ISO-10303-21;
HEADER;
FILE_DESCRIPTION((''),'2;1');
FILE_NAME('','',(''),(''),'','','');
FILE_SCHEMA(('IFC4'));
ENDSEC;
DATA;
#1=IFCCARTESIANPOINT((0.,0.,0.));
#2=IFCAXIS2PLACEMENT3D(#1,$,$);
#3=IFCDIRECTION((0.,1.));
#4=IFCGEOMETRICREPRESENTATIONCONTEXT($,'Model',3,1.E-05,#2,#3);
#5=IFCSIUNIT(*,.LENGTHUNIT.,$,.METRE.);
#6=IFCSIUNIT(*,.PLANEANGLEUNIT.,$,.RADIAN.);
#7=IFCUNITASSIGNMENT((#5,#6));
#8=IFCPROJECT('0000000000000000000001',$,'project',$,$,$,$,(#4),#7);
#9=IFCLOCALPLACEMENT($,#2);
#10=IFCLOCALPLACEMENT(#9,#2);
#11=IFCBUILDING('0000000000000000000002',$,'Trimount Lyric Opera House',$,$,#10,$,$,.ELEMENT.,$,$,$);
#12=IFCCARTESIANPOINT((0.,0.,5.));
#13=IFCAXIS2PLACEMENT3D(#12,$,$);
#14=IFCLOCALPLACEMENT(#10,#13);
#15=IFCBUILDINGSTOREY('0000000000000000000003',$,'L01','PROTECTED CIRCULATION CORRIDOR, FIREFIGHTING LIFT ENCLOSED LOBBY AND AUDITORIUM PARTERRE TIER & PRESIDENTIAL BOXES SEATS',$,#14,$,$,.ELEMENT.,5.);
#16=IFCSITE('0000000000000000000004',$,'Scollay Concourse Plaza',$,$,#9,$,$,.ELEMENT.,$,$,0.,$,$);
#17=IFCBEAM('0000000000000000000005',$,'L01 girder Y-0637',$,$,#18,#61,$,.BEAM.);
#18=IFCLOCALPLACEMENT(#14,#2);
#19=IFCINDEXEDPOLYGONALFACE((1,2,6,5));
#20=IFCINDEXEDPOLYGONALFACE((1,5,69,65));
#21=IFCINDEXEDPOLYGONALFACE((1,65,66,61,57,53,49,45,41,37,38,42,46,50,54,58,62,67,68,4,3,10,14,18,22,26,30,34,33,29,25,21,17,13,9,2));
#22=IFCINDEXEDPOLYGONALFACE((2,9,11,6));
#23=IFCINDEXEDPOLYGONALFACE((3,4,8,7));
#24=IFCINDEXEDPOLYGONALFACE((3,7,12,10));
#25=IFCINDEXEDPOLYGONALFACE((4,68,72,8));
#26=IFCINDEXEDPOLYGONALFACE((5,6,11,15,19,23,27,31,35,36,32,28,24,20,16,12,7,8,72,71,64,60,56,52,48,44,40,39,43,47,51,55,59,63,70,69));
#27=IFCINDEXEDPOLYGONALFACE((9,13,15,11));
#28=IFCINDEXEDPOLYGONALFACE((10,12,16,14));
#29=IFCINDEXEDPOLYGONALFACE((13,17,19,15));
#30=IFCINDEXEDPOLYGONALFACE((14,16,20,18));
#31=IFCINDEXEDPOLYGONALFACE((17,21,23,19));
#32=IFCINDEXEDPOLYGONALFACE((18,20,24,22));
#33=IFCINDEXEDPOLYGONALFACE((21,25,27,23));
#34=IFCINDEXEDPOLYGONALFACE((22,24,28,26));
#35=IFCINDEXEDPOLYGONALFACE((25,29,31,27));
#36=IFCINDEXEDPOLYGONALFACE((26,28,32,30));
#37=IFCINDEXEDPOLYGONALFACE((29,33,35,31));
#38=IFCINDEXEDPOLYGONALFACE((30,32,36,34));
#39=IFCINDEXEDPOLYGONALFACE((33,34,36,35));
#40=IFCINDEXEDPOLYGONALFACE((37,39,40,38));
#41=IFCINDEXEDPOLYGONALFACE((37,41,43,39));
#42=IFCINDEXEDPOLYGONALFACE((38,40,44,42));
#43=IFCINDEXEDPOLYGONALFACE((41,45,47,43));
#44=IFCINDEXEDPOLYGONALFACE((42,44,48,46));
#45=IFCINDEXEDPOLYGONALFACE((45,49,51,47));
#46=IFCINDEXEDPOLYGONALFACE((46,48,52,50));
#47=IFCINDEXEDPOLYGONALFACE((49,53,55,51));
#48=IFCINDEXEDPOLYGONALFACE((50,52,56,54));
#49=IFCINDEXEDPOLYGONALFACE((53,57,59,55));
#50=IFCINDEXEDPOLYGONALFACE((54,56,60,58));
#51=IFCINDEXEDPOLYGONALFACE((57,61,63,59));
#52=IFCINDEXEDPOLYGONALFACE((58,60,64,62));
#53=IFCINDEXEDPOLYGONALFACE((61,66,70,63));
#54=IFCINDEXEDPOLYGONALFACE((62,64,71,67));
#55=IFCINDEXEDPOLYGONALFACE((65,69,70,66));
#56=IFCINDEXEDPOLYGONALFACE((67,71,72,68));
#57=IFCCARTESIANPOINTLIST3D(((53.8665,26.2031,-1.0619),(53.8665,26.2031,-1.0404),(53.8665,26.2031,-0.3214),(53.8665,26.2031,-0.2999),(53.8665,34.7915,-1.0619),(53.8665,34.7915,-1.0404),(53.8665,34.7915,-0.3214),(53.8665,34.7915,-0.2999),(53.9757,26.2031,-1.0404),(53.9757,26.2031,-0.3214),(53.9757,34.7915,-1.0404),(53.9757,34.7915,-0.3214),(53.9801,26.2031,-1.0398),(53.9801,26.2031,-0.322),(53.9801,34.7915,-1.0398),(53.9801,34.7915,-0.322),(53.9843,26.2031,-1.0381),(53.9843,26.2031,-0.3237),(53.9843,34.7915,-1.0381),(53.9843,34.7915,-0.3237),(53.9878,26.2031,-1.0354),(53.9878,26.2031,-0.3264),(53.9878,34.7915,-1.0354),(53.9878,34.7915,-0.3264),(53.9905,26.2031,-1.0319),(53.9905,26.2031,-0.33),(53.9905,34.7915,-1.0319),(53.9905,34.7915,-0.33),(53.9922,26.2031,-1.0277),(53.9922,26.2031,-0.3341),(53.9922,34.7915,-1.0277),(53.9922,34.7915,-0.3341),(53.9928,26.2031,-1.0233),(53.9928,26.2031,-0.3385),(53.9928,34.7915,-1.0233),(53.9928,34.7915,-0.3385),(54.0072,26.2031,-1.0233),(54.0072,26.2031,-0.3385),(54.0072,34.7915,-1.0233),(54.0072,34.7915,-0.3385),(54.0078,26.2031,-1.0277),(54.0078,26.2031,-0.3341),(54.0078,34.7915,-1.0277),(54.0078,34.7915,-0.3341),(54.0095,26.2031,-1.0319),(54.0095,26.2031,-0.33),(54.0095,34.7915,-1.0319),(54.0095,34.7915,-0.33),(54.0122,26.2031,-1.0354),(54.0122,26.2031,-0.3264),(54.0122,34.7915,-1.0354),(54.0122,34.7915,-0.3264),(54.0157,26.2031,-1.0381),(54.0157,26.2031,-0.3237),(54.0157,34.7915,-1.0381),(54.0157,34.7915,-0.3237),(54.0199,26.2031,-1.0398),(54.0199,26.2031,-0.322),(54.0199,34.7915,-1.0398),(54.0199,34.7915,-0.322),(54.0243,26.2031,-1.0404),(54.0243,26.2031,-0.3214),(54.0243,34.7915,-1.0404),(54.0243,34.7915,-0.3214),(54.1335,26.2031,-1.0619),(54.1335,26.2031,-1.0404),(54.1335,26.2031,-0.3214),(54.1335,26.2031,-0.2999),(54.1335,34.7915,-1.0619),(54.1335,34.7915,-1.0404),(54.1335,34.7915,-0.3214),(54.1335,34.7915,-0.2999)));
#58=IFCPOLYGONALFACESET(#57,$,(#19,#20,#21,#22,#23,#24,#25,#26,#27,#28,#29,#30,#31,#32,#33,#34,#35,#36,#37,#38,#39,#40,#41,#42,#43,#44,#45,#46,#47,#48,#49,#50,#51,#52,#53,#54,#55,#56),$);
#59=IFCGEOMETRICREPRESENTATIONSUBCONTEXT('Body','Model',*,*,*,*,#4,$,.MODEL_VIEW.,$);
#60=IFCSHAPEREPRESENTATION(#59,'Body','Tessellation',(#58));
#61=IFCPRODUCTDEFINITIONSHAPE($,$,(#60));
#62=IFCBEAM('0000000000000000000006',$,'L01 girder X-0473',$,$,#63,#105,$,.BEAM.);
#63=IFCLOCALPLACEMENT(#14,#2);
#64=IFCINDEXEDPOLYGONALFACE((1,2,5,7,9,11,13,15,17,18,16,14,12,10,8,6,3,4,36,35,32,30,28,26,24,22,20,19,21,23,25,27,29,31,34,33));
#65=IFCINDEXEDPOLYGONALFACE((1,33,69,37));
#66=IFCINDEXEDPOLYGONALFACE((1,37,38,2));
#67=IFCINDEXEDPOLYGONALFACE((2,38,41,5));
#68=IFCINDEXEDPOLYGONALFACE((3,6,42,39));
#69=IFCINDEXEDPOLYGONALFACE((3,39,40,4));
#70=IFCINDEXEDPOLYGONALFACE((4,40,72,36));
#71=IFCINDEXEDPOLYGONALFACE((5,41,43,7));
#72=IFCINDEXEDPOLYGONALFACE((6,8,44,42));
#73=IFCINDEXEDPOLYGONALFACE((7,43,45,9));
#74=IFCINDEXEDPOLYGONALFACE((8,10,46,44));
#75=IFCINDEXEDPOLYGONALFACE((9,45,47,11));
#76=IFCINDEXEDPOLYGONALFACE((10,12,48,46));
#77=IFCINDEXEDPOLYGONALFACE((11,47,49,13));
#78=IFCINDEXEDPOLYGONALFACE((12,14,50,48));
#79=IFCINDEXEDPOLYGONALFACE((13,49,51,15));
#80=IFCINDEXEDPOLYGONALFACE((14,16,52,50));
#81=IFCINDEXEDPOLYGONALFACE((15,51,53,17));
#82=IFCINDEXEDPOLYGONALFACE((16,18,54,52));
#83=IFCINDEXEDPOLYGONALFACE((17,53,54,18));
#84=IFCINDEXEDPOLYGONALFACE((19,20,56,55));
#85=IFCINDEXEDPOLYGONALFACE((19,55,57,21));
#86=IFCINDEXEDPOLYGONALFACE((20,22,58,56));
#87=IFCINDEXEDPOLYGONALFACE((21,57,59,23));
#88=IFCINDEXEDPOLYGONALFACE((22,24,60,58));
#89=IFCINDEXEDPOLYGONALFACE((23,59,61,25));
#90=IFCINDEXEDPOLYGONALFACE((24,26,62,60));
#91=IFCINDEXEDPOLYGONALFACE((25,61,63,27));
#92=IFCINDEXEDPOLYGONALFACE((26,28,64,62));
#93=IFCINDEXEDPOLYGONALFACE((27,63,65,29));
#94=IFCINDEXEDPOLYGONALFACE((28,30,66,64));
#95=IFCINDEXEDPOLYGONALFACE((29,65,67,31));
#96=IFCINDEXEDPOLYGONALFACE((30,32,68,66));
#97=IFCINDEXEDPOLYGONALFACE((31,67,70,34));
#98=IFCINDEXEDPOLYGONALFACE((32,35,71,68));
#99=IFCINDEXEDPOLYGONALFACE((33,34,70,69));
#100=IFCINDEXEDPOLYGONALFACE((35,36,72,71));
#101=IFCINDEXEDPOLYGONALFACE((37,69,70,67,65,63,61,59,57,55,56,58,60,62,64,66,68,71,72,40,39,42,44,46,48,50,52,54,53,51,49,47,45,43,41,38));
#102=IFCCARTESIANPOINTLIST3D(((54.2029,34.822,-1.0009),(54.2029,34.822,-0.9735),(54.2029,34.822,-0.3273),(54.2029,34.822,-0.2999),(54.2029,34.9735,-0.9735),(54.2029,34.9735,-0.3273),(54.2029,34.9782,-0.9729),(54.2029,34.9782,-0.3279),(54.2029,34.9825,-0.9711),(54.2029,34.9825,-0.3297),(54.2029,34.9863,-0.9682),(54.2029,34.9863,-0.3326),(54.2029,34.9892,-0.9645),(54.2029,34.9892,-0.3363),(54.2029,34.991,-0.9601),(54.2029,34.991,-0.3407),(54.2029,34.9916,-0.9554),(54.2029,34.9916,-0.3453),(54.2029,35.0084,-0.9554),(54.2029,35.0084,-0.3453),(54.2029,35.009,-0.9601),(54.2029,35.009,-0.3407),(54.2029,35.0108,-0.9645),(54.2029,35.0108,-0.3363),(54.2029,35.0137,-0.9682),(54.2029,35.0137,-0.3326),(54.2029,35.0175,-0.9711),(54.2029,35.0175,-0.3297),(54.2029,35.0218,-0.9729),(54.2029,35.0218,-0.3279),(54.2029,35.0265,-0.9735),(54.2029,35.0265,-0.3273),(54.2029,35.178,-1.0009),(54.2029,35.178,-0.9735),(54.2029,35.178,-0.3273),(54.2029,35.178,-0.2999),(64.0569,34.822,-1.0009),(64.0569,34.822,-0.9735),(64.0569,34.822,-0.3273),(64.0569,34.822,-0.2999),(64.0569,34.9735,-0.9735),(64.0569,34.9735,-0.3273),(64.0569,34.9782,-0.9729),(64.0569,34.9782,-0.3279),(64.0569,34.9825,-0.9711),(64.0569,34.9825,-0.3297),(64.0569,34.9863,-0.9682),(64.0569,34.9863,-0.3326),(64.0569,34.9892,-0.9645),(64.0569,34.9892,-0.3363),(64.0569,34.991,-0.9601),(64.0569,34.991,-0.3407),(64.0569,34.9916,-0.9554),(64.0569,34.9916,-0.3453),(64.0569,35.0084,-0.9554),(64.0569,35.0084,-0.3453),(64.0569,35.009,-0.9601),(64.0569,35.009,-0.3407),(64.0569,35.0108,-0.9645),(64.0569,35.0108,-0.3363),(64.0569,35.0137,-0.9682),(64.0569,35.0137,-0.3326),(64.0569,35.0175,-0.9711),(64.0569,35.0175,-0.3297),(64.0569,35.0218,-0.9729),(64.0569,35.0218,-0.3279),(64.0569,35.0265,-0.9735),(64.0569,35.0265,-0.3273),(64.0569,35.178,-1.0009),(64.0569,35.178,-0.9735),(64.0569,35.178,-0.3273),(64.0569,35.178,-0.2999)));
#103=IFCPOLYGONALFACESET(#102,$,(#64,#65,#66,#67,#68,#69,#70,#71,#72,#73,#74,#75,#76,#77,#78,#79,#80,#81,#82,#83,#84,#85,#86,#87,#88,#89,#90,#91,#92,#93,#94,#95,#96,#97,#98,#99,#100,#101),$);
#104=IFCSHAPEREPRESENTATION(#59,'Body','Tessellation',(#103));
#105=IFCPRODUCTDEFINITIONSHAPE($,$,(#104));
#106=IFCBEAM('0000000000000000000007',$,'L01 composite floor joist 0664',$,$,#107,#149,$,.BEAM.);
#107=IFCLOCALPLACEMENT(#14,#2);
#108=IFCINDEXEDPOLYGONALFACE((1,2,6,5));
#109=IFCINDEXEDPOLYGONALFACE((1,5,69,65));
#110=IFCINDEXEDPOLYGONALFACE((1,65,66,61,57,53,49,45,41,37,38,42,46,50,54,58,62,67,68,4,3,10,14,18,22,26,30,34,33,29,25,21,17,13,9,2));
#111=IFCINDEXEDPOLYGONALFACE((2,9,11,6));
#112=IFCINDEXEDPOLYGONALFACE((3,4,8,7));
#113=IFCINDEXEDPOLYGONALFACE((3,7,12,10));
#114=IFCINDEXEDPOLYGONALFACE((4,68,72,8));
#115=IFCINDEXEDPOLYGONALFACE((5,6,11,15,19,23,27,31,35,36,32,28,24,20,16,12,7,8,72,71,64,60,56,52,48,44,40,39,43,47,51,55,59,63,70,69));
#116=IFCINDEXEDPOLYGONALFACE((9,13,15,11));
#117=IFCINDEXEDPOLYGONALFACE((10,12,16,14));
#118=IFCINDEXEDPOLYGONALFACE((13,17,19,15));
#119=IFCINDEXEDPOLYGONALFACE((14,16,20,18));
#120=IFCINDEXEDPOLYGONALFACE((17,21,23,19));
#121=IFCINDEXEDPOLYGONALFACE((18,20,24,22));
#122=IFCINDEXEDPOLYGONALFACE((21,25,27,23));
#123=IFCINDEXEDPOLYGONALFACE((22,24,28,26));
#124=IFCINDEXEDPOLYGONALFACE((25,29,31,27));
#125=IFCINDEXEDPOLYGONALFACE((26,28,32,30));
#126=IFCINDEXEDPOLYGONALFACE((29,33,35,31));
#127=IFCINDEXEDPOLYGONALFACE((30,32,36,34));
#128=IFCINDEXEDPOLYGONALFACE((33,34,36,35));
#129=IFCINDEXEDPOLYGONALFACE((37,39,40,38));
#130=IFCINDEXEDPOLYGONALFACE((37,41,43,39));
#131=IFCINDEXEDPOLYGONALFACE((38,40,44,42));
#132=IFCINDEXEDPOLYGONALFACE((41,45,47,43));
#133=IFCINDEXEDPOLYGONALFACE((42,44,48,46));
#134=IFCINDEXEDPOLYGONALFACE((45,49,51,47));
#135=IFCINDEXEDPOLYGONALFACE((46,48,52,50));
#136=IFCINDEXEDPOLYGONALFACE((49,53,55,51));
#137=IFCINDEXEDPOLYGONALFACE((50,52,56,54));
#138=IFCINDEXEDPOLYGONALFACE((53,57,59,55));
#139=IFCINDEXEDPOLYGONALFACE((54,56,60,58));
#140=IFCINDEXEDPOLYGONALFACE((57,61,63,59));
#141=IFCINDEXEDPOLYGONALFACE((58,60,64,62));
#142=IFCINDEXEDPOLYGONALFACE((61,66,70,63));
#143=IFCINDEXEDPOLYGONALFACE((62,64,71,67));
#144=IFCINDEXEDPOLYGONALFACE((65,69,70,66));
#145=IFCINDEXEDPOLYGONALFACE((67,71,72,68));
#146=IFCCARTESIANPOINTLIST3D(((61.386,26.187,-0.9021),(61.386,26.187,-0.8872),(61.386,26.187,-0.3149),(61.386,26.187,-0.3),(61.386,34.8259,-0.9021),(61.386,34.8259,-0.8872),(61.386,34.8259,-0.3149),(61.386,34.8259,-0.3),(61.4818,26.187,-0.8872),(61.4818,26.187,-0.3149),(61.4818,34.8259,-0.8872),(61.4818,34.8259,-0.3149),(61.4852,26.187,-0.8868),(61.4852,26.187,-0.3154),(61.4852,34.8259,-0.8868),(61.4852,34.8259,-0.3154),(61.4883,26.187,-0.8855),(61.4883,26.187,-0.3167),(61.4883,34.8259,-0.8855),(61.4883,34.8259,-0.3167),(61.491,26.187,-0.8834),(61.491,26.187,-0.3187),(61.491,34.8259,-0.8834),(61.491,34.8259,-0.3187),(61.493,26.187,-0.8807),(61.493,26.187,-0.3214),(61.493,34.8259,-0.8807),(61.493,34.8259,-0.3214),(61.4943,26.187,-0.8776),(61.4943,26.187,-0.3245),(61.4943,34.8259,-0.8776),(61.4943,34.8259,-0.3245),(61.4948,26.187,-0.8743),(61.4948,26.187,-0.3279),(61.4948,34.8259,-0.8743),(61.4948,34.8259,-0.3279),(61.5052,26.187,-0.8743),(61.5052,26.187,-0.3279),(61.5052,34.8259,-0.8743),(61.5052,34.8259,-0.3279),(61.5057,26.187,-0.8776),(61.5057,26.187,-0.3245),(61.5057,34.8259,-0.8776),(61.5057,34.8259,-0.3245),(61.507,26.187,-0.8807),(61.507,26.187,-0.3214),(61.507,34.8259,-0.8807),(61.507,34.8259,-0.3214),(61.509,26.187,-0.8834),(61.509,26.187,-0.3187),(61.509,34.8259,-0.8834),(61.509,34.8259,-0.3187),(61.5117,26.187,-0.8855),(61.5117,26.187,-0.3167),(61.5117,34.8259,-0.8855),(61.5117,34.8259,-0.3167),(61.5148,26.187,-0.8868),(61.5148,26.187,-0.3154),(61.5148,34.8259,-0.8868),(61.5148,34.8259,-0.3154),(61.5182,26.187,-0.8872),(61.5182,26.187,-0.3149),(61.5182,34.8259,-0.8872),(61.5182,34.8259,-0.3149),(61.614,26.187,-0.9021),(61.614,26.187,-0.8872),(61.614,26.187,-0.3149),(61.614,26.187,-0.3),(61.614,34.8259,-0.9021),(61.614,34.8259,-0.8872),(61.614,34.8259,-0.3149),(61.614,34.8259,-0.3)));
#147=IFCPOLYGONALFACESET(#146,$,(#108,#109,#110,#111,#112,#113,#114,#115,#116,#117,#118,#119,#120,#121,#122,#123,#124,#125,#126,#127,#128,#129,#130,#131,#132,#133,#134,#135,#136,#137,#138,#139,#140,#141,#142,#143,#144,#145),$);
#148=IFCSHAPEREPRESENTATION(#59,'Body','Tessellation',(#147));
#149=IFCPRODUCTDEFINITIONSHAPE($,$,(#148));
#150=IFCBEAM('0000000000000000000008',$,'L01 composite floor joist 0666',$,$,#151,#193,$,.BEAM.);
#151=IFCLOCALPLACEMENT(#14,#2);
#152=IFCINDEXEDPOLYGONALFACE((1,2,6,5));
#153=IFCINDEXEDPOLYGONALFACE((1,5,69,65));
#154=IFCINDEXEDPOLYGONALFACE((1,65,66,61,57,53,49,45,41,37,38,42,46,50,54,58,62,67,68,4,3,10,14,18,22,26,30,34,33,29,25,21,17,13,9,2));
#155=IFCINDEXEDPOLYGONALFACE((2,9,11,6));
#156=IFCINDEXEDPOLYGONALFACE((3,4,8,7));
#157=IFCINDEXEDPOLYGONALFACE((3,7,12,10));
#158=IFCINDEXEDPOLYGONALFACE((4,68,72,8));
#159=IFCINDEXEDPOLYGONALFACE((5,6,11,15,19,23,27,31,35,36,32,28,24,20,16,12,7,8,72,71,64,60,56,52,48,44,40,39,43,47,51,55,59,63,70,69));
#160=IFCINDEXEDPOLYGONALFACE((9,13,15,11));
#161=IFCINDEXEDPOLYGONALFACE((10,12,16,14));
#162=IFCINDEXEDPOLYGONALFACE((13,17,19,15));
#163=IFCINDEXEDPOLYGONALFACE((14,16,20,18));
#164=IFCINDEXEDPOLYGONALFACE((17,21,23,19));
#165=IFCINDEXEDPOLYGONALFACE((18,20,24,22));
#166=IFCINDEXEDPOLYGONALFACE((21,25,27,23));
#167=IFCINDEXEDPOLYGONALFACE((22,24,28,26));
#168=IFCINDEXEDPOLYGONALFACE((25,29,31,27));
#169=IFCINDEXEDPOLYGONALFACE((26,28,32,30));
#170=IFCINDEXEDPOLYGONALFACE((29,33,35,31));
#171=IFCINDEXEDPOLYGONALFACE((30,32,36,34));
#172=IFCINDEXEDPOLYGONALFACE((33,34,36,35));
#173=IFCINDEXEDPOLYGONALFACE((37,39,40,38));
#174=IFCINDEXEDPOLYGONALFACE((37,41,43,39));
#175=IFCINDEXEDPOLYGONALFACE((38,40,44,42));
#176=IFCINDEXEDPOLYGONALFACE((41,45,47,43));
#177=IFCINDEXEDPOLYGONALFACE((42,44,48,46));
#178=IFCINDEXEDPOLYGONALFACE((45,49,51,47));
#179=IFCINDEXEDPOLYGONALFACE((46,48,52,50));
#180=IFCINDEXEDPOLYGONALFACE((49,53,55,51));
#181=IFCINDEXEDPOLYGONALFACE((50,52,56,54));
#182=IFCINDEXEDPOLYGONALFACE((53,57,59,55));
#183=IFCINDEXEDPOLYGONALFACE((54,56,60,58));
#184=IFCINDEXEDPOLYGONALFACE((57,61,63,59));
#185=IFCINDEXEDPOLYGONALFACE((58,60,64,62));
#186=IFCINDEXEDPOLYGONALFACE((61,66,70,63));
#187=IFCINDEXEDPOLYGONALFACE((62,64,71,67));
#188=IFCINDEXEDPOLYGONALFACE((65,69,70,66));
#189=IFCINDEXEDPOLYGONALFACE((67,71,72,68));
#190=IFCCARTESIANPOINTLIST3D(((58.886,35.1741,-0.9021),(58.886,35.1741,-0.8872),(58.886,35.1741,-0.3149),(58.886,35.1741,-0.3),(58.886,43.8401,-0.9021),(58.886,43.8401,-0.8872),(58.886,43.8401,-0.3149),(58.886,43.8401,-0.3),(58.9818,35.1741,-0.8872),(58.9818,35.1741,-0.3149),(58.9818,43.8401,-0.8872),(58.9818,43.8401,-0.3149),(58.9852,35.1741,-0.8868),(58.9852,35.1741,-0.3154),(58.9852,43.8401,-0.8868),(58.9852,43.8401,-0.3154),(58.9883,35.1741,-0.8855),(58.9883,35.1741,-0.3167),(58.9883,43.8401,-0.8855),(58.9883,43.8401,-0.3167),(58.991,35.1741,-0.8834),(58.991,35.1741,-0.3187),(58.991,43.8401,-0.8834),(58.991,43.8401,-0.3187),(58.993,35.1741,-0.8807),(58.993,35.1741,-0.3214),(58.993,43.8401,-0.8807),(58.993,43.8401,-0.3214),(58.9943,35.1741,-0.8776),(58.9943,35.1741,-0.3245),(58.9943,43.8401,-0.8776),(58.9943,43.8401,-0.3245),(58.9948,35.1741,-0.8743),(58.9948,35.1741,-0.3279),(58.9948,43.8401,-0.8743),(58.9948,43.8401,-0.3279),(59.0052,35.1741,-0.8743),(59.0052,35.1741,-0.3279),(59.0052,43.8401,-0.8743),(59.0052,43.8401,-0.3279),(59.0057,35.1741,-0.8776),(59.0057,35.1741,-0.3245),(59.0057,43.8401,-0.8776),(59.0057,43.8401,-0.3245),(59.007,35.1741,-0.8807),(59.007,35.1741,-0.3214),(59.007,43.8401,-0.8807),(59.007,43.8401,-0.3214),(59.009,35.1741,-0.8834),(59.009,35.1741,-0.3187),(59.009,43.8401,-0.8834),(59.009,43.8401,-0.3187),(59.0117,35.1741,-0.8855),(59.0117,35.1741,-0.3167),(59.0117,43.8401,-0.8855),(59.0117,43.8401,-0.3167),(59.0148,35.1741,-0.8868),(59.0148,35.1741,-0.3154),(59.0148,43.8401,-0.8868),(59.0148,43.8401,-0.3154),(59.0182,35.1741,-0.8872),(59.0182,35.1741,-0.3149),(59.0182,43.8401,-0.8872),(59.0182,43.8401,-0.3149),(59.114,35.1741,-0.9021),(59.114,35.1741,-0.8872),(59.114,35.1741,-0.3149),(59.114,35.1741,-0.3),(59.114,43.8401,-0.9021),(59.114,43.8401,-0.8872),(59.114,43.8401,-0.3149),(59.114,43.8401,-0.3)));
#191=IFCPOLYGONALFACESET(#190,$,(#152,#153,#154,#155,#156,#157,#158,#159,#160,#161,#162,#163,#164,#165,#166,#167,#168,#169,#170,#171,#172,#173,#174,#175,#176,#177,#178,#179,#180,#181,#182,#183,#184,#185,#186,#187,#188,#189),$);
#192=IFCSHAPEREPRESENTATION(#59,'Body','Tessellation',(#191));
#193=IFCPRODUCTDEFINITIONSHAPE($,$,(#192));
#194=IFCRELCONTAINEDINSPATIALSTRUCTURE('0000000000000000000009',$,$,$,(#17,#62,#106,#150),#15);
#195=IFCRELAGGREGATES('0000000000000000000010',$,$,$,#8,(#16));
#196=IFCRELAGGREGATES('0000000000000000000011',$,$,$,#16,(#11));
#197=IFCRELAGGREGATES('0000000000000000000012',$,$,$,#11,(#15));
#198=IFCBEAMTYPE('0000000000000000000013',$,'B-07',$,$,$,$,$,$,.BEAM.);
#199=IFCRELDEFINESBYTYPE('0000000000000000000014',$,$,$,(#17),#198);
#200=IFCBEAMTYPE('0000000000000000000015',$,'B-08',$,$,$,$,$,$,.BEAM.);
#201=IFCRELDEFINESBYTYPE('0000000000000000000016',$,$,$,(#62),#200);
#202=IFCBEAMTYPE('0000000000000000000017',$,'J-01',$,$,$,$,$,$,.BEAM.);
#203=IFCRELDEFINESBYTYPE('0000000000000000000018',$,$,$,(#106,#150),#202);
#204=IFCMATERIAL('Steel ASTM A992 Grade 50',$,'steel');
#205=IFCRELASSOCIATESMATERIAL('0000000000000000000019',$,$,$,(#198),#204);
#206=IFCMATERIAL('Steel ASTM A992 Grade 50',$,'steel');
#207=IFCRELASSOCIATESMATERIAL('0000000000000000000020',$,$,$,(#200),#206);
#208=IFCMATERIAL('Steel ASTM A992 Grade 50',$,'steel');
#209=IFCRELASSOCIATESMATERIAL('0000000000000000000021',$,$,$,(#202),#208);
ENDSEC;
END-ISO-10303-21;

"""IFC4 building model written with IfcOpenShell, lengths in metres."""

from ifc_helpers import new_model, si_unit, direction, frame, origin, origin_2d, place, context, subcontext, project, spatial, i_section, extrude, material, material_profile, profile_set, type_object, element, save


model = new_model("IFC4")

# Units and contexts
model_context = context("Model", 3, precision=1e-05, world=origin(), true_north=direction((0.0, 1.0)))
body_context = subcontext(model_context, "Body", "Model", "MODEL_VIEW")
ifc_project = project(units=[si_unit("LENGTHUNIT", "METRE"), si_unit("PLANEANGLEUNIT", "RADIAN")], contexts=[model_context])

# Site, building, storey
site_placement = place(None, origin())
site = spatial("IfcSite", under=ifc_project, at=site_placement, Name="Scollay Concourse Plaza", CompositionType="ELEMENT", RefElevation=0.0)
building_placement = place(site_placement, origin())
building = spatial("IfcBuilding", under=site, at=building_placement, Name="Trimount Lyric Opera House", CompositionType="ELEMENT")
storey_placement = place(building_placement, frame((0.0, 0.0, 5.0)))
storey = spatial("IfcBuildingStorey", under=building, at=storey_placement, Name="L01", Description="PROTECTED CIRCULATION CORRIDOR, FIREFIGHTING LIFT ENCLOSED LOBBY AND AUDITORIUM PARTERRE TIER & PRESIDENTIAL BOXES SEATS", CompositionType="ELEMENT", Elevation=5.0)

# Beams
ifc_material_1 = material(Name="Steel ASTM A992 Grade 50", Category="steel")
ifc_material_profile_1 = material_profile(ifc_material_1, i_section(OverallWidth=0.2671, OverallDepth=0.762, WebThickness=0.0144, FlangeThickness=0.0215, FilletRadius=0.0171, at=origin_2d()), Name="W30X116")
ifc_profile_set_1 = profile_set([ifc_material_profile_1], Name="Steel ASTM A992 Grade 50")
beam_type_1 = type_object("IfcBeamType", Name="B-07", PredefinedType="BEAM", material=ifc_profile_set_1)
beam_1_placement = place(storey_placement, frame((54.0, 26.2031, -0.6809), z_axis=(0.0, 1.0, 0.0), x_axis=(-1.0, 0.0, 0.0)))
element("IfcBeam", 1, at=beam_1_placement, inside=storey, type_object=beam_type_1, Name="L01 girder Y-0637", PredefinedType="BEAM", context=body_context, shape_type="SweptSolid", body=[
    extrude(i_section(OverallWidth=0.2671, OverallDepth=0.762, WebThickness=0.0144, FlangeThickness=0.0215, FilletRadius=0.0171, at=origin_2d()), origin(), (0.0, 0.0, 1.0), 8.5884),
])
ifc_material_2 = material(Name="Steel ASTM A992 Grade 50", Category="steel")
ifc_material_profile_2 = material_profile(ifc_material_2, i_section(OverallWidth=0.356, OverallDepth=0.7009, WebThickness=0.0168, FlangeThickness=0.0273, FilletRadius=0.0181, at=origin_2d()), Name="W27X161")
ifc_profile_set_2 = profile_set([ifc_material_profile_2], Name="Steel ASTM A992 Grade 50")
beam_type_2 = type_object("IfcBeamType", Name="B-08", PredefinedType="BEAM", material=ifc_profile_set_2)
beam_2_placement = place(storey_placement, frame((54.2029, 35.0, -0.6504), z_axis=(1.0, 0.0, 0.0), x_axis=(0.0, 1.0, 0.0)))
element("IfcBeam", 2, at=beam_2_placement, inside=storey, type_object=beam_type_2, Name="L01 girder X-0473", PredefinedType="BEAM", context=body_context, shape_type="SweptSolid", body=[
    extrude(i_section(OverallWidth=0.356, OverallDepth=0.7009, WebThickness=0.0168, FlangeThickness=0.0273, FilletRadius=0.0181, at=origin_2d()), origin(), (0.0, 0.0, 1.0), 9.854),
])
ifc_material_3 = material(Name="Steel ASTM A992 Grade 50", Category="steel")
ifc_material_profile_3 = material_profile(ifc_material_3, i_section(OverallWidth=0.228, OverallDepth=0.6021, WebThickness=0.0105, FlangeThickness=0.0149, FilletRadius=0.0129, at=origin_2d()), Name="W24X68")
ifc_profile_set_3 = profile_set([ifc_material_profile_3], Name="Steel ASTM A992 Grade 50")
beam_type_3 = type_object("IfcBeamType", Name="J-01", PredefinedType="BEAM", material=ifc_profile_set_3)
beam_3_placement = place(storey_placement, frame((61.5, 26.187, -0.6011), z_axis=(0.0, 1.0, 0.0), x_axis=(-1.0, 0.0, 0.0)))
element("IfcBeam", 3, at=beam_3_placement, inside=storey, type_object=beam_type_3, Name="L01 composite floor joist 0664", PredefinedType="BEAM", context=body_context, shape_type="SweptSolid", body=[
    extrude(i_section(OverallWidth=0.228, OverallDepth=0.6021, WebThickness=0.0105, FlangeThickness=0.0149, FilletRadius=0.0129, at=origin_2d()), origin(), (0.0, 0.0, 1.0), 8.6389),
])
beam_4_placement = place(storey_placement, frame((59.0, 35.1741, -0.6011), z_axis=(0.0, 1.0, 0.0), x_axis=(-1.0, 0.0, 0.0)))
element("IfcBeam", 4, at=beam_4_placement, inside=storey, type_object=beam_type_3, Name="L01 composite floor joist 0666", PredefinedType="BEAM", context=body_context, shape_type="SweptSolid", body=[
    extrude(i_section(OverallWidth=0.228, OverallDepth=0.6021, WebThickness=0.0105, FlangeThickness=0.0149, FilletRadius=0.0129, at=origin_2d()), origin(), (0.0, 0.0, 1.0), 8.666),
])

save(model, "model.ifc")
